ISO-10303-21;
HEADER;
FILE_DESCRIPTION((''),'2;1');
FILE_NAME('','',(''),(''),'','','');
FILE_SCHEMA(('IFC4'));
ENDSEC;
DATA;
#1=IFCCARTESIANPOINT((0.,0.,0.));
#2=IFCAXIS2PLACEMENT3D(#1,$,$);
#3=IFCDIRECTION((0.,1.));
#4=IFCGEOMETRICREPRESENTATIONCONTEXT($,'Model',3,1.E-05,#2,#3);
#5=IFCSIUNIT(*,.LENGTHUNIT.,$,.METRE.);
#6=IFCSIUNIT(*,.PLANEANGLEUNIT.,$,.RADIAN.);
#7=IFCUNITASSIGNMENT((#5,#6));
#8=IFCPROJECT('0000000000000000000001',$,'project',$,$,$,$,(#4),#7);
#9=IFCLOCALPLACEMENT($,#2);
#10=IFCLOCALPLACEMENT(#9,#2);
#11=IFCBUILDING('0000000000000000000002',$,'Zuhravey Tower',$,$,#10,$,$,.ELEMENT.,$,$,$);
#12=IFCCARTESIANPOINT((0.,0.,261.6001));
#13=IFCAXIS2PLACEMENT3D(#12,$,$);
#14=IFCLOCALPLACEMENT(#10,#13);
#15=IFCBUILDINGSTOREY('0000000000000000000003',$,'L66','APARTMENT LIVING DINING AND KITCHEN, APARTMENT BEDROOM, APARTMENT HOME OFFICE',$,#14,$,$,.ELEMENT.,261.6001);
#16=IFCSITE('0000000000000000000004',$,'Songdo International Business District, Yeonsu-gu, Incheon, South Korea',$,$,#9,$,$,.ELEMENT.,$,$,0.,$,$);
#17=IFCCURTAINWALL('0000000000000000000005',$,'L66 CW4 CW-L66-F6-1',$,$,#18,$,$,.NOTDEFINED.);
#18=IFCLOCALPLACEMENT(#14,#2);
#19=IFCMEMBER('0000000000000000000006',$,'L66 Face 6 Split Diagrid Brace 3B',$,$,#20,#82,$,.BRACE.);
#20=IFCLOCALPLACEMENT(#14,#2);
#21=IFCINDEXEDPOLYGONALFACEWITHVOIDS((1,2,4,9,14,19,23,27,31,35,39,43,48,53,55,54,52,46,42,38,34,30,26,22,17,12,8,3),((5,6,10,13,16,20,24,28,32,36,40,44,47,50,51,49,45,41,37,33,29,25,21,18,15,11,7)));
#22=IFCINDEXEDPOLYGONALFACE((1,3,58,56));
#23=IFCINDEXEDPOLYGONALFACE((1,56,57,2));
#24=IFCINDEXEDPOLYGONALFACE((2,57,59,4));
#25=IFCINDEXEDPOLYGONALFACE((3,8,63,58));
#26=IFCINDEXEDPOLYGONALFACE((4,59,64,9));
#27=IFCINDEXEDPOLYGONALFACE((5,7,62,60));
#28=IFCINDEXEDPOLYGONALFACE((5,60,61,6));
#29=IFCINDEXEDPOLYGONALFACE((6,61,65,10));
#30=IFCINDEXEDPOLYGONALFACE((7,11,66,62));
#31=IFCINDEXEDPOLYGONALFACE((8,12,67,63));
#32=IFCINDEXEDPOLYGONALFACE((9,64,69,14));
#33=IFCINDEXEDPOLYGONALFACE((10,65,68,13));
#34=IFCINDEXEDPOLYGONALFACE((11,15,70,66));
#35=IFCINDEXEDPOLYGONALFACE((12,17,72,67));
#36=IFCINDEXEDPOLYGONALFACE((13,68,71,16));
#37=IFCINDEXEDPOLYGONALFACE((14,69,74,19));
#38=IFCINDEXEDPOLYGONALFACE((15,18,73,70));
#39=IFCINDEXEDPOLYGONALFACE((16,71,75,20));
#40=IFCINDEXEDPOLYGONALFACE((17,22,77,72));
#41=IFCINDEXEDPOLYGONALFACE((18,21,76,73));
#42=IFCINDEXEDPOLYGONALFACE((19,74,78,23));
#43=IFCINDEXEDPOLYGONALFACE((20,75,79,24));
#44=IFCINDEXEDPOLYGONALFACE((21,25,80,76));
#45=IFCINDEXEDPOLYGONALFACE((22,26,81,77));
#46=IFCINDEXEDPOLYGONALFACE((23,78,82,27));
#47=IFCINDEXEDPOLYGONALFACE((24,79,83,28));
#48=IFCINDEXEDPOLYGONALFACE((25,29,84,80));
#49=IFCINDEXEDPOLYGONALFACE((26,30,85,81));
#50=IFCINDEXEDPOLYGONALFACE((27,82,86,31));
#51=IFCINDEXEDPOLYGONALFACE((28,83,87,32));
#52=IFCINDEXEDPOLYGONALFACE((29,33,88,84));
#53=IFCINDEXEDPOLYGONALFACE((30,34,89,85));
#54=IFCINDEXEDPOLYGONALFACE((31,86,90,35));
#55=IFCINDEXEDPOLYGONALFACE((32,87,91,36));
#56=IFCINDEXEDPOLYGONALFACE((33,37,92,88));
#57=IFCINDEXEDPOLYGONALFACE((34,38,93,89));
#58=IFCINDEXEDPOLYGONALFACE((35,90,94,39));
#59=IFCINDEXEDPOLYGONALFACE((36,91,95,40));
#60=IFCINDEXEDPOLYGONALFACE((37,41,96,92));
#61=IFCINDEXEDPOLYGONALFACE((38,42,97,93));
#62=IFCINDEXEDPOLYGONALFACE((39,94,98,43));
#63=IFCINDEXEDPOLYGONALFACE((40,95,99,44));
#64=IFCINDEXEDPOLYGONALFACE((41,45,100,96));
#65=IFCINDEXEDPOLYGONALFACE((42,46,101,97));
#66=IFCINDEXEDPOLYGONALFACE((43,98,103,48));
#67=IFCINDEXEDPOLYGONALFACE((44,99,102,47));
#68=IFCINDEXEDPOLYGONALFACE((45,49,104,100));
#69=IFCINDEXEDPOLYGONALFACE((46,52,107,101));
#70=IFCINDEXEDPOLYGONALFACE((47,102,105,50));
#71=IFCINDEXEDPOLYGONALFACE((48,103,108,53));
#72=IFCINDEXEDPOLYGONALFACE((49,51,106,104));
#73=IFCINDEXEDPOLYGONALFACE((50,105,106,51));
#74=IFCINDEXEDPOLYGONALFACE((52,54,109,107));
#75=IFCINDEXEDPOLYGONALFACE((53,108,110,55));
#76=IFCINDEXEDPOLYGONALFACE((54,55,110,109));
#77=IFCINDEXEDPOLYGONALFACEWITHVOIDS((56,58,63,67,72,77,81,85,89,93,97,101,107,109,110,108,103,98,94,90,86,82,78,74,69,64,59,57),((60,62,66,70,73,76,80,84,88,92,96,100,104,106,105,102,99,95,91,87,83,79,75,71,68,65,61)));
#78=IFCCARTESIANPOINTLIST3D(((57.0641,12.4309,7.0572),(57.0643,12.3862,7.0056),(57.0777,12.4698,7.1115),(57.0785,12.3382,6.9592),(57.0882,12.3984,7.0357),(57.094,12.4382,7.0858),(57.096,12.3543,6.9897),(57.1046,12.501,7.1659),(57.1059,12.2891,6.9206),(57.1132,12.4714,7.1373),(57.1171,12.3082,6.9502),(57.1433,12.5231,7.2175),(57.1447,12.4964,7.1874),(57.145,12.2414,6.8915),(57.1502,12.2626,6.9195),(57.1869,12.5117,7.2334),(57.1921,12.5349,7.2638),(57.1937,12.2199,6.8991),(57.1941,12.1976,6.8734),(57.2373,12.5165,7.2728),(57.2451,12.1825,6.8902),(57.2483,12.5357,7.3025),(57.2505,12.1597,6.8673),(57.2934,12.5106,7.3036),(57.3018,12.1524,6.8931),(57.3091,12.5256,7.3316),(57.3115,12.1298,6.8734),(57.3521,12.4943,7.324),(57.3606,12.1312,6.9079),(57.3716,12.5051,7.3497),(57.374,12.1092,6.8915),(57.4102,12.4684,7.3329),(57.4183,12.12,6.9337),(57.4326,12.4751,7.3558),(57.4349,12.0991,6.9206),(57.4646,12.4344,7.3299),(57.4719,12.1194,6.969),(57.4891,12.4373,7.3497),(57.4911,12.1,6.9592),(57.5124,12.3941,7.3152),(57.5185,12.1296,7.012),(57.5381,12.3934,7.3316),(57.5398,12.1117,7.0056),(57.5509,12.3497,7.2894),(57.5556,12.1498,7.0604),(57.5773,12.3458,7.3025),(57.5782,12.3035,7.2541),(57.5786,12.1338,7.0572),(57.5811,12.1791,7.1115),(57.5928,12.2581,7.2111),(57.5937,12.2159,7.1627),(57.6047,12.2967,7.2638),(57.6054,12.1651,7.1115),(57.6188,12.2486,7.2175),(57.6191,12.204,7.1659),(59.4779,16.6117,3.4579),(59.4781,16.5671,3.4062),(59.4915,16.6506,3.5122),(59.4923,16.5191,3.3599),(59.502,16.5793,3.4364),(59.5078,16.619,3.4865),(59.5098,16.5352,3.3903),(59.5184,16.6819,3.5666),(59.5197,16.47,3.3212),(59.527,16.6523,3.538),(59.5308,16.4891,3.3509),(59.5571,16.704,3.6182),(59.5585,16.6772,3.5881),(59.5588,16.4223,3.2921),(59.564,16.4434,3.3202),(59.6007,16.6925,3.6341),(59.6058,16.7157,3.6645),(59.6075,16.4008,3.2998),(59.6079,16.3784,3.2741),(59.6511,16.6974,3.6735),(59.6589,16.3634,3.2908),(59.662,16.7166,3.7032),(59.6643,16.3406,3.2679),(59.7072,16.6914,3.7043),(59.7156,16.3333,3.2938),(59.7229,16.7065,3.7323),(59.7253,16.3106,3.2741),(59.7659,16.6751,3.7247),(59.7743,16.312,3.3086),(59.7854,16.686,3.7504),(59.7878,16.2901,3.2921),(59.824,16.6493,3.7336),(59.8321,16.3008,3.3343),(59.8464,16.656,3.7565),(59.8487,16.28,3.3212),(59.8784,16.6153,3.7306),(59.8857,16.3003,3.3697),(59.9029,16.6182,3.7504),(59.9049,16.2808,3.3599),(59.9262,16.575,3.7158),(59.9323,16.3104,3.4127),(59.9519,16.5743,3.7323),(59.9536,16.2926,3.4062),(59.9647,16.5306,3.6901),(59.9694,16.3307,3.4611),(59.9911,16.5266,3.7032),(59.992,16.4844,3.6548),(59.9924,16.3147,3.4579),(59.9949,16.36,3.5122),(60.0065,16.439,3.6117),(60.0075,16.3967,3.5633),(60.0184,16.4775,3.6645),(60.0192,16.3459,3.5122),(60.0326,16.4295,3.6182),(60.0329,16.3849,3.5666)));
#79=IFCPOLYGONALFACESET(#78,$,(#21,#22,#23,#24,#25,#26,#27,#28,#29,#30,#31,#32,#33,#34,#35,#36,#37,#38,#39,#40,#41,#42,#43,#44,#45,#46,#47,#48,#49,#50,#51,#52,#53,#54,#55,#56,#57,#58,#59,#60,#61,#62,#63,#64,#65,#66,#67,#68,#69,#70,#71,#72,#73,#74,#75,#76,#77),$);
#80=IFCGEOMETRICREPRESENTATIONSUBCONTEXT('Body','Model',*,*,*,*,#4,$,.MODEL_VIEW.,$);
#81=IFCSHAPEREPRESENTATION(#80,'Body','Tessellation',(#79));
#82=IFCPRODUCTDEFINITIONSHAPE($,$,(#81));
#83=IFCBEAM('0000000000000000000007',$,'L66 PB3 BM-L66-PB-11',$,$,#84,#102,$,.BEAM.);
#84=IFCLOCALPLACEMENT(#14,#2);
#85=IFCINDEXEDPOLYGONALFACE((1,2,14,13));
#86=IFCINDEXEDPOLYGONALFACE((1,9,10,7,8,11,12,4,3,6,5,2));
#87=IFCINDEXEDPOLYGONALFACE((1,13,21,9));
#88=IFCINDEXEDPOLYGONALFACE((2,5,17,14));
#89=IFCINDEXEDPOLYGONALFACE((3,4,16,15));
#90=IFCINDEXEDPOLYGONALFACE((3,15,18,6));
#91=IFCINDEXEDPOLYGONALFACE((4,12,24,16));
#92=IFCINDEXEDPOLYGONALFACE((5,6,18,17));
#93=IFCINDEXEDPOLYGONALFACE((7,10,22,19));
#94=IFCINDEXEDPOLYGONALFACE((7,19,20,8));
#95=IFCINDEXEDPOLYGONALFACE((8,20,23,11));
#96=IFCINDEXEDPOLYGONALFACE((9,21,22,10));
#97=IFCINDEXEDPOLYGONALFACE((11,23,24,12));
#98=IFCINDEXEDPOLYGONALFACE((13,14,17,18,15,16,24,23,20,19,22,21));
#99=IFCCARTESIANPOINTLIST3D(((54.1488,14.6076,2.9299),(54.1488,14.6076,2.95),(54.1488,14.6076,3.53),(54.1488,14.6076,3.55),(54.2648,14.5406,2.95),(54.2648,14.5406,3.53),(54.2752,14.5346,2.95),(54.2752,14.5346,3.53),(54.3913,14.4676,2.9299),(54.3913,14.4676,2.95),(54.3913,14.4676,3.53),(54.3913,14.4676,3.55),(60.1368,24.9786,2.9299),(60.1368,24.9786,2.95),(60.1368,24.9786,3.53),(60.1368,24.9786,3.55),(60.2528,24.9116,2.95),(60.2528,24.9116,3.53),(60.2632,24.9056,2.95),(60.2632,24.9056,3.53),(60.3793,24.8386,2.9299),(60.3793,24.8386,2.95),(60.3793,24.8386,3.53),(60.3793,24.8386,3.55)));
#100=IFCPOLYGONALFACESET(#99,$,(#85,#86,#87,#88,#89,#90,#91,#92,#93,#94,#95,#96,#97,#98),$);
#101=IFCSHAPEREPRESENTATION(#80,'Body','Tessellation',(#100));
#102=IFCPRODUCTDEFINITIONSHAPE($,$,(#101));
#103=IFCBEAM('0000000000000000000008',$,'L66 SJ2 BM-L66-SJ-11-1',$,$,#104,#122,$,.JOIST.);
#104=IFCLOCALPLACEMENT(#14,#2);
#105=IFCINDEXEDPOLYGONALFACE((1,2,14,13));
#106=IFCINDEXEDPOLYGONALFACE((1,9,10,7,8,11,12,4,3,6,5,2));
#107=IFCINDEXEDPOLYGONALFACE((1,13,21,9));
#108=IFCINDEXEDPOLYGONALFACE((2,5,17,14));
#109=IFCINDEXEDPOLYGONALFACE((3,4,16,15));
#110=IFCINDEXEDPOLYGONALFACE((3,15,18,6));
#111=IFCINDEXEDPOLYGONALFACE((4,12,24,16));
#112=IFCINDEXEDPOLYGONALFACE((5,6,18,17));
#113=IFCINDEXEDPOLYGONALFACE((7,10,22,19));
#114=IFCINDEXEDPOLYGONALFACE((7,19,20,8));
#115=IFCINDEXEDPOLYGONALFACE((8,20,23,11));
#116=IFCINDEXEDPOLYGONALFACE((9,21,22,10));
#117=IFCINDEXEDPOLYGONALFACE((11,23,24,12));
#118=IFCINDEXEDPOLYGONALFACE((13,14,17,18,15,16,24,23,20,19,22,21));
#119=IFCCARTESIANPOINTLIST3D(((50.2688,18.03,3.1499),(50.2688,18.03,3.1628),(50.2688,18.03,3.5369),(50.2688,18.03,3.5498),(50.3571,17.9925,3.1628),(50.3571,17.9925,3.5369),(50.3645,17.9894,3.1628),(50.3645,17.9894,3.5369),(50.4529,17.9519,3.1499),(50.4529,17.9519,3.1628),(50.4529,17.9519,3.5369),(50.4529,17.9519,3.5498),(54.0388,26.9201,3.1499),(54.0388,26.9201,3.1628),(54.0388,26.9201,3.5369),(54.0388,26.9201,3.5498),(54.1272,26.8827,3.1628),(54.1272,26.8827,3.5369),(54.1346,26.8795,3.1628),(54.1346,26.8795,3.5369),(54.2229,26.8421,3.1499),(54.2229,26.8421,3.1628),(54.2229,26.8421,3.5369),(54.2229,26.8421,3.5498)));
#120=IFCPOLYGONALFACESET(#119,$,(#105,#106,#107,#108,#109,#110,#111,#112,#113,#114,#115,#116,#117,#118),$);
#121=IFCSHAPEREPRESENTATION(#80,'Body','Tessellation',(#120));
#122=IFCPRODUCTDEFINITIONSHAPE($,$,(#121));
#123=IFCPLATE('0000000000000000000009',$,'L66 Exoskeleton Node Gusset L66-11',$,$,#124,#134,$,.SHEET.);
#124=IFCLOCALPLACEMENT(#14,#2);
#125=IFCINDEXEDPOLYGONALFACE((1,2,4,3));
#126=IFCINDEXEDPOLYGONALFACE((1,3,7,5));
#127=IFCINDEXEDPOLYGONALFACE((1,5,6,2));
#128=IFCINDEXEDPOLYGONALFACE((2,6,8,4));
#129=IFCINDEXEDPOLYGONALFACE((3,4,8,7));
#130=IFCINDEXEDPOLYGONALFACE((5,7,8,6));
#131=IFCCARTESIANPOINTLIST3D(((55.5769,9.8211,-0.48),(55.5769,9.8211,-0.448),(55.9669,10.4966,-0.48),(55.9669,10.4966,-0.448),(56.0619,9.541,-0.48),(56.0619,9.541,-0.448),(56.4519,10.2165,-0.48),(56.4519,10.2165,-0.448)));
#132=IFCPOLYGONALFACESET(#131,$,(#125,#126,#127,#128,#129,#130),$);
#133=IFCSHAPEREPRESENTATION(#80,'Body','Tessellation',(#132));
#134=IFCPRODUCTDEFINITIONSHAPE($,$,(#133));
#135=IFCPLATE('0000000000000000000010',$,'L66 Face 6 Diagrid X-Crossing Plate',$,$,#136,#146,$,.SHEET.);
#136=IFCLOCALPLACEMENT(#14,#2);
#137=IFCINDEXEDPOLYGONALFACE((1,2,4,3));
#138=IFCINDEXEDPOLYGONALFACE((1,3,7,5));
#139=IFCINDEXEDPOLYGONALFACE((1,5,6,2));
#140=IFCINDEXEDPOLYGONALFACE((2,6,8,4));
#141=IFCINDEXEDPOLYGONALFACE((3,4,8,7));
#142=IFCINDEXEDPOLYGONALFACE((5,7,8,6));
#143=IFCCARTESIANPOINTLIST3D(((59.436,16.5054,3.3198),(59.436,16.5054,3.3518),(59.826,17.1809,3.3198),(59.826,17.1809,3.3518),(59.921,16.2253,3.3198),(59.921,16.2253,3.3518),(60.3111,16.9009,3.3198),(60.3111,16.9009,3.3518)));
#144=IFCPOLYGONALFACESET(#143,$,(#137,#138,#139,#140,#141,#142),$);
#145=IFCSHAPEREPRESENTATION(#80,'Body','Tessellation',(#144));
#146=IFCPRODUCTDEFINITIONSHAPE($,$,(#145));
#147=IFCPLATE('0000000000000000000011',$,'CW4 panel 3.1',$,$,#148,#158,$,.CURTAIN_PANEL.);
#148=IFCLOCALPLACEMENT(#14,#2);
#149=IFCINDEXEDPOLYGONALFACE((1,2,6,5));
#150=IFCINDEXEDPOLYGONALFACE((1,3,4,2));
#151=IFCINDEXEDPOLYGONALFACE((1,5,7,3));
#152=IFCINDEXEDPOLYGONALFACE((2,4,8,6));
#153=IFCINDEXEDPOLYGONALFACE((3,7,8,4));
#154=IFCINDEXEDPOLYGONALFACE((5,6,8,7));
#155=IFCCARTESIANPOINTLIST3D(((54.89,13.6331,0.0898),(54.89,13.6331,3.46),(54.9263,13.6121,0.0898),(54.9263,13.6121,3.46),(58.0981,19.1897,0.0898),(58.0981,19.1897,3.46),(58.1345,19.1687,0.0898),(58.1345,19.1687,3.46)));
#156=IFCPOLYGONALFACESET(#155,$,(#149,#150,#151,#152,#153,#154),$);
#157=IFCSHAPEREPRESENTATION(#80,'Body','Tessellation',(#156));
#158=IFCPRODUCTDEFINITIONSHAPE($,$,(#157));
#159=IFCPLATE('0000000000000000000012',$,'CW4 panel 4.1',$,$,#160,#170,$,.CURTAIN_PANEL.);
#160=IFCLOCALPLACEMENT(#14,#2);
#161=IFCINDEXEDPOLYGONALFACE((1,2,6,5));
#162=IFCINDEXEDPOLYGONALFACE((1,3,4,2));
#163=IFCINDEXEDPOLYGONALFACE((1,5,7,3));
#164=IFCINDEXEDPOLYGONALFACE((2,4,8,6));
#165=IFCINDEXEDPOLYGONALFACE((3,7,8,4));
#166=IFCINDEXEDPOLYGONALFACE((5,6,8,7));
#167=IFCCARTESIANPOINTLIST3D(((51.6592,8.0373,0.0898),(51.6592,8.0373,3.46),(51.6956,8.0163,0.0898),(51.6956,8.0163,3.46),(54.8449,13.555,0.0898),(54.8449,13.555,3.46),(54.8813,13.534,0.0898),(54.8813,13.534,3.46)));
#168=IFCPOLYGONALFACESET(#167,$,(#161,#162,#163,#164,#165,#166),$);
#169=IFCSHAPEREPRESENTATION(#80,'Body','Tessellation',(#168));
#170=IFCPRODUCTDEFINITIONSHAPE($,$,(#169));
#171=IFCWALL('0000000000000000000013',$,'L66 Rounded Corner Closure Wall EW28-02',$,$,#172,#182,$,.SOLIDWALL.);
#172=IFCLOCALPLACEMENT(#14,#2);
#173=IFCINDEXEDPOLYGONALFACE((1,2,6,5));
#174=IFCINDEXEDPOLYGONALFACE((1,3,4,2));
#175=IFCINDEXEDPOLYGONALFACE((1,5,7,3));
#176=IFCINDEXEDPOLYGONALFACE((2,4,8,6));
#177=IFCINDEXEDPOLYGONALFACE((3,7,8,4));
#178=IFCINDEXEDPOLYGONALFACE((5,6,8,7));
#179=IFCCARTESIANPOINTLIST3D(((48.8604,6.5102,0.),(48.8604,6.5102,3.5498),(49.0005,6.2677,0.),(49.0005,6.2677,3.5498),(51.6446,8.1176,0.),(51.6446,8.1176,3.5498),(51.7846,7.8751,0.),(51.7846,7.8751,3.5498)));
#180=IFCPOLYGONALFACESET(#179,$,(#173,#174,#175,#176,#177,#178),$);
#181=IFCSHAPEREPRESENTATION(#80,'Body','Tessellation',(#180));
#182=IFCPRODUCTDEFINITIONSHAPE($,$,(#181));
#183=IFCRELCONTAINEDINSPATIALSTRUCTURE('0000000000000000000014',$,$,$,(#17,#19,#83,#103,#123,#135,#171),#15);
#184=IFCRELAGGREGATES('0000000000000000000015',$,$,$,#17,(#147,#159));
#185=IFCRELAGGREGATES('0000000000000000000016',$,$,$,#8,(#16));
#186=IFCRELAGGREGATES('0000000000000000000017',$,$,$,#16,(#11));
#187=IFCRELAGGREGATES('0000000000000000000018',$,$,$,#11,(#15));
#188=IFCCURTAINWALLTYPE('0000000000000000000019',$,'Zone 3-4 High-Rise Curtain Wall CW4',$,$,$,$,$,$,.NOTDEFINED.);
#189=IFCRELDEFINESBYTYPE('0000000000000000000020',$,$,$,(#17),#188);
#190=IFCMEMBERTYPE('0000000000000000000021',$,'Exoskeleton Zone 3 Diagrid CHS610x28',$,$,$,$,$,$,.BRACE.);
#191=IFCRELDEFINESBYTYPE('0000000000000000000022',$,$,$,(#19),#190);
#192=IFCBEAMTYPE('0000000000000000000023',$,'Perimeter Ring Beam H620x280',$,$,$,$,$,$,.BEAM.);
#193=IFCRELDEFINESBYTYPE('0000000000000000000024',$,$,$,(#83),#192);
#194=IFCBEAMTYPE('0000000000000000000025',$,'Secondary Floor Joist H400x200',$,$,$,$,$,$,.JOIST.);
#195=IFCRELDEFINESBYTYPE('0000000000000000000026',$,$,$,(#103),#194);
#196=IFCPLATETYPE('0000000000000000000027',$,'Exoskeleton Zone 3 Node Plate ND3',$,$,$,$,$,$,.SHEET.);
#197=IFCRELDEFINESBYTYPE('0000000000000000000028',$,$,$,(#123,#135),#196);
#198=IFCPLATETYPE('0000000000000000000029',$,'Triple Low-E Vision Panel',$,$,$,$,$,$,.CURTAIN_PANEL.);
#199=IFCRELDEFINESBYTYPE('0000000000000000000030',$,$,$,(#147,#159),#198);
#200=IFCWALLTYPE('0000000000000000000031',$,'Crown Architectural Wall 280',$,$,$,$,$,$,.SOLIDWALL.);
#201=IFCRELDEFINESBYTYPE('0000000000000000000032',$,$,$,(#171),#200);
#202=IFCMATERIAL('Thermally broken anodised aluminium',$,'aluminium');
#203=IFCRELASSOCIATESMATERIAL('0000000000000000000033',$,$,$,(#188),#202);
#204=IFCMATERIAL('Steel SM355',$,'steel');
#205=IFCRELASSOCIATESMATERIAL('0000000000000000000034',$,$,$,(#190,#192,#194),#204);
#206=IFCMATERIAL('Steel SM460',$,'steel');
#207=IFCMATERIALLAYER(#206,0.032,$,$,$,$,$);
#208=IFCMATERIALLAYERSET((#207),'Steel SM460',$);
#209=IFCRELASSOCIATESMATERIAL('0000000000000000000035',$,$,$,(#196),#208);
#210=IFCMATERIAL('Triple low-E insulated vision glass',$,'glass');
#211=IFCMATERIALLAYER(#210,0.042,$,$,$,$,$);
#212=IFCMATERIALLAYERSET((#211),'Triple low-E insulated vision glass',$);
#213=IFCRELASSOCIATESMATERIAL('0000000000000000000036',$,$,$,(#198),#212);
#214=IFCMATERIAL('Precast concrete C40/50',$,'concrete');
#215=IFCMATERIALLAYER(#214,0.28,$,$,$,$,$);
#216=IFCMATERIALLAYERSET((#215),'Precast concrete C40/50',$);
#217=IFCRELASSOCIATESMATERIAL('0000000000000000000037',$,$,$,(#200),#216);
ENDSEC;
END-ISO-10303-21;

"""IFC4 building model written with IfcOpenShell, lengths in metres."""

from ifc_helpers import new_model, si_unit, direction, frame, frame_2d, origin, origin_2d, place, context, subcontext, project, spatial, rectangle, hollow_circle, i_section, extrude, material, layer, layer_set, material_profile, profile_set, type_object, element, aggregate, save


model = new_model("IFC4")

# Units and contexts
model_context = context("Model", 3, precision=1e-05, world=origin(), true_north=direction((0.0, 1.0)))
body_context = subcontext(model_context, "Body", "Model", "MODEL_VIEW")
ifc_project = project(units=[si_unit("LENGTHUNIT", "METRE"), si_unit("PLANEANGLEUNIT", "RADIAN")], contexts=[model_context])

# Site, building, storey
site_placement = place(None, origin())
site = spatial("IfcSite", under=ifc_project, at=site_placement, Name="Songdo International Business District, Yeonsu-gu, Incheon, South Korea", CompositionType="ELEMENT", RefElevation=0.0)
building_placement = place(site_placement, origin())
building = spatial("IfcBuilding", under=site, at=building_placement, Name="Zuhravey Tower", CompositionType="ELEMENT")
storey_placement = place(building_placement, frame((0.0, 0.0, 261.6001)))
storey = spatial("IfcBuildingStorey", under=building, at=storey_placement, Name="L66", Description="APARTMENT LIVING DINING AND KITCHEN, APARTMENT BEDROOM, APARTMENT HOME OFFICE", CompositionType="ELEMENT", Elevation=261.6001)

# Curtain wall
ifc_material_1 = material(Name="Thermally broken anodised aluminium", Category="aluminium")
curtain_wall_type = type_object("IfcCurtainWallType", Name="Zone 3-4 High-Rise Curtain Wall CW4", PredefinedType="NOTDEFINED", material=ifc_material_1)
curtain_wall_1_placement = place(storey_placement, origin())
curtain_wall_1 = element("IfcCurtainWall", 1, at=curtain_wall_1_placement, inside=storey, type_object=curtain_wall_type, Name="L66 CW4 CW-L66-F6-1", PredefinedType="NOTDEFINED")

# Member
ifc_material_2 = material(Name="Steel SM355", Category="steel")
ifc_material_profile_1 = material_profile(ifc_material_2, hollow_circle(Radius=0.3047, WallThickness=0.0281, at=origin_2d()), Name="CHS-609.6x28")
ifc_profile_set_1 = profile_set([ifc_material_profile_1], Name="Steel SM355")
member_type_1 = type_object("IfcMemberType", Name="Exoskeleton Zone 3 Diagrid CHS610x28", PredefinedType="BRACE", material=ifc_profile_set_1)
member_1_placement = place(storey_placement, frame((59.7554, 16.4983, 3.5122), z_axis=(-0.400847, -0.694297, 0.597724), x_axis=(0.866028, -0.499995, 0.0)))
element("IfcMember", 2, at=member_1_placement, inside=storey, type_object=member_type_1, Name="L66 Face 6 Split Diagrid Brace 3B", PredefinedType="BRACE", context=body_context, shape_type="SweptSolid", body=[
    extrude(hollow_circle(Radius=0.3047, WallThickness=0.0281, at=origin_2d()), origin(), (0.0, 0.0, 1.0), 6.0217),
])

# Beams
ifc_material_profile_2 = material_profile(ifc_material_2, i_section(OverallWidth=0.28, OverallDepth=0.6201, WebThickness=0.012, FlangeThickness=0.02, at=origin_2d()), Name="H-620x280x12x20")
ifc_profile_set_2 = profile_set([ifc_material_profile_2], Name="Steel SM355")
beam_type_1 = type_object("IfcBeamType", Name="Perimeter Ring Beam H620x280", PredefinedType="BEAM", material=ifc_profile_set_2)
beam_1_placement = place(storey_placement, frame((54.27, 14.5376, 3.24), z_axis=(0.500018, 0.866015, 0.0), x_axis=(-0.866015, 0.500018, 0.0)))
element("IfcBeam", 3, at=beam_1_placement, inside=storey, type_object=beam_type_1, Name="L66 PB3 BM-L66-PB-11", PredefinedType="BEAM", context=body_context, shape_type="SweptSolid", body=[
    extrude(i_section(OverallWidth=0.28, OverallDepth=0.6201, WebThickness=0.012, FlangeThickness=0.02, at=origin_2d()), origin(), (0.0, 0.0, 1.0), 11.9756),
])
ifc_material_profile_3 = material_profile(ifc_material_2, i_section(OverallWidth=0.2, OverallDepth=0.3999, WebThickness=0.0081, FlangeThickness=0.0129, at=origin_2d()), Name="H-400x200x8x13")
ifc_profile_set_3 = profile_set([ifc_material_profile_3], Name="Steel SM355")
beam_type_2 = type_object("IfcBeamType", Name="Secondary Floor Joist H400x200", PredefinedType="JOIST", material=ifc_profile_set_3)
beam_2_placement = place(storey_placement, frame((50.3608, 17.991, 3.3499), z_axis=(0.390413, 0.92064, 0.0), x_axis=(-0.92064, 0.390413, 0.0)))
element("IfcBeam", 4, at=beam_2_placement, inside=storey, type_object=beam_type_2, Name="L66 SJ2 BM-L66-SJ-11-1", PredefinedType="JOIST", context=body_context, shape_type="SweptSolid", body=[
    extrude(i_section(OverallWidth=0.2, OverallDepth=0.3999, WebThickness=0.0081, FlangeThickness=0.0129, at=origin_2d()), origin(), (0.0, 0.0, 1.0), 9.6565),
])

# Plates
ifc_material_3 = material(Name="Steel SM460", Category="steel")
ifc_layer_1 = layer(ifc_material_3, 0.032)
ifc_layer_set_1 = layer_set([ifc_layer_1], Name="Steel SM460")
plate_type_1 = type_object("IfcPlateType", Name="Exoskeleton Zone 3 Node Plate ND3", PredefinedType="SHEET", material=ifc_layer_set_1)
for number, where, z_axis, x_axis, name in (
    (5, (56.0144, 10.0188, -0.48), (0.0, 0.0, 1.0), (0.5, 0.866025, 0.0), "L66 Exoskeleton Node Gusset L66-11"),
    (6, (59.8735, 16.7031, 3.3198), (0.0, 0.0, 1.0), (0.5, 0.866025, 0.0), "L66 Face 6 Diagrid X-Crossing Plate"),
):
    element("IfcPlate", number, at=place(storey_placement, frame(where, z_axis=z_axis, x_axis=x_axis)), inside=storey, type_object=plate_type_1, Name=name, PredefinedType="SHEET", context=body_context, shape_type="SweptSolid", body=[
        extrude(rectangle(XDim=0.78, YDim=0.5601, at=origin_2d()), origin(), (0.0, 0.0, 1.0), 0.032),
    ])

# Plates
ifc_material_4 = material(Name="Triple low-E insulated vision glass", Category="glass")
ifc_layer_2 = layer(ifc_material_4, 0.042)
ifc_layer_set_2 = layer_set([ifc_layer_2], Name="Triple low-E insulated vision glass")
plate_type_2 = type_object("IfcPlateType", Name="Triple Low-E Vision Panel", PredefinedType="CURTAIN_PANEL", material=ifc_layer_set_2)
plate_1_placement = place(storey_placement, frame((56.5122, 16.4009, 0.0898), z_axis=(0.0, 0.0, 1.0), x_axis=(-0.500001, -0.866025, 0.0)))
plate_1 = element("IfcPlate", 7, at=plate_1_placement, type_object=plate_type_2, Name="CW4 panel 3.1", PredefinedType="CURTAIN_PANEL", context=body_context, shape_type="SweptSolid", body=[
    extrude(rectangle(XDim=6.4163, YDim=0.042, at=origin_2d()), origin(), (0.0, 0.0, 1.0), 3.3701),
])
plate_2_placement = place(storey_placement, frame((53.2703, 10.7856, 0.0898), z_axis=(0.0, 0.0, 1.0), x_axis=(-0.500001, -0.866025, 0.0)))
plate_2 = element("IfcPlate", 8, at=plate_2_placement, type_object=plate_type_2, Name="CW4 panel 4.1", PredefinedType="CURTAIN_PANEL", context=body_context, shape_type="SweptSolid", body=[
    extrude(rectangle(XDim=6.3713, YDim=0.042, at=origin_2d()), origin(), (0.0, 0.0, 1.0), 3.3701),
])
aggregate(curtain_wall_1, [plate_1, plate_2])

# Wall
ifc_material_5 = material(Name="Precast concrete C40/50", Category="concrete")
ifc_layer_3 = layer(ifc_material_5, 0.28)
ifc_layer_set_3 = layer_set([ifc_layer_3], Name="Precast concrete C40/50")
wall_type_1 = type_object("IfcWallType", Name="Crown Architectural Wall 280", PredefinedType="SOLIDWALL", material=ifc_layer_set_3)
wall_1_placement = place(storey_placement, frame((51.7146, 7.9963, 0.0), z_axis=(0.0, 0.0, 1.0), x_axis=(-0.866029, -0.499994, 0.0)))
element("IfcWall", 9, at=wall_1_placement, inside=storey, type_object=wall_type_1, Name="L66 Rounded Corner Closure Wall EW28-02", PredefinedType="SOLIDWALL", context=body_context, shape_type="SweptSolid", body=[
    extrude(rectangle(XDim=3.2148, YDim=0.28, at=frame_2d((1.6074, 0.0))), origin(), (0.0, 0.0, 1.0), 3.5498),
])

save(model, "model.ifc")
